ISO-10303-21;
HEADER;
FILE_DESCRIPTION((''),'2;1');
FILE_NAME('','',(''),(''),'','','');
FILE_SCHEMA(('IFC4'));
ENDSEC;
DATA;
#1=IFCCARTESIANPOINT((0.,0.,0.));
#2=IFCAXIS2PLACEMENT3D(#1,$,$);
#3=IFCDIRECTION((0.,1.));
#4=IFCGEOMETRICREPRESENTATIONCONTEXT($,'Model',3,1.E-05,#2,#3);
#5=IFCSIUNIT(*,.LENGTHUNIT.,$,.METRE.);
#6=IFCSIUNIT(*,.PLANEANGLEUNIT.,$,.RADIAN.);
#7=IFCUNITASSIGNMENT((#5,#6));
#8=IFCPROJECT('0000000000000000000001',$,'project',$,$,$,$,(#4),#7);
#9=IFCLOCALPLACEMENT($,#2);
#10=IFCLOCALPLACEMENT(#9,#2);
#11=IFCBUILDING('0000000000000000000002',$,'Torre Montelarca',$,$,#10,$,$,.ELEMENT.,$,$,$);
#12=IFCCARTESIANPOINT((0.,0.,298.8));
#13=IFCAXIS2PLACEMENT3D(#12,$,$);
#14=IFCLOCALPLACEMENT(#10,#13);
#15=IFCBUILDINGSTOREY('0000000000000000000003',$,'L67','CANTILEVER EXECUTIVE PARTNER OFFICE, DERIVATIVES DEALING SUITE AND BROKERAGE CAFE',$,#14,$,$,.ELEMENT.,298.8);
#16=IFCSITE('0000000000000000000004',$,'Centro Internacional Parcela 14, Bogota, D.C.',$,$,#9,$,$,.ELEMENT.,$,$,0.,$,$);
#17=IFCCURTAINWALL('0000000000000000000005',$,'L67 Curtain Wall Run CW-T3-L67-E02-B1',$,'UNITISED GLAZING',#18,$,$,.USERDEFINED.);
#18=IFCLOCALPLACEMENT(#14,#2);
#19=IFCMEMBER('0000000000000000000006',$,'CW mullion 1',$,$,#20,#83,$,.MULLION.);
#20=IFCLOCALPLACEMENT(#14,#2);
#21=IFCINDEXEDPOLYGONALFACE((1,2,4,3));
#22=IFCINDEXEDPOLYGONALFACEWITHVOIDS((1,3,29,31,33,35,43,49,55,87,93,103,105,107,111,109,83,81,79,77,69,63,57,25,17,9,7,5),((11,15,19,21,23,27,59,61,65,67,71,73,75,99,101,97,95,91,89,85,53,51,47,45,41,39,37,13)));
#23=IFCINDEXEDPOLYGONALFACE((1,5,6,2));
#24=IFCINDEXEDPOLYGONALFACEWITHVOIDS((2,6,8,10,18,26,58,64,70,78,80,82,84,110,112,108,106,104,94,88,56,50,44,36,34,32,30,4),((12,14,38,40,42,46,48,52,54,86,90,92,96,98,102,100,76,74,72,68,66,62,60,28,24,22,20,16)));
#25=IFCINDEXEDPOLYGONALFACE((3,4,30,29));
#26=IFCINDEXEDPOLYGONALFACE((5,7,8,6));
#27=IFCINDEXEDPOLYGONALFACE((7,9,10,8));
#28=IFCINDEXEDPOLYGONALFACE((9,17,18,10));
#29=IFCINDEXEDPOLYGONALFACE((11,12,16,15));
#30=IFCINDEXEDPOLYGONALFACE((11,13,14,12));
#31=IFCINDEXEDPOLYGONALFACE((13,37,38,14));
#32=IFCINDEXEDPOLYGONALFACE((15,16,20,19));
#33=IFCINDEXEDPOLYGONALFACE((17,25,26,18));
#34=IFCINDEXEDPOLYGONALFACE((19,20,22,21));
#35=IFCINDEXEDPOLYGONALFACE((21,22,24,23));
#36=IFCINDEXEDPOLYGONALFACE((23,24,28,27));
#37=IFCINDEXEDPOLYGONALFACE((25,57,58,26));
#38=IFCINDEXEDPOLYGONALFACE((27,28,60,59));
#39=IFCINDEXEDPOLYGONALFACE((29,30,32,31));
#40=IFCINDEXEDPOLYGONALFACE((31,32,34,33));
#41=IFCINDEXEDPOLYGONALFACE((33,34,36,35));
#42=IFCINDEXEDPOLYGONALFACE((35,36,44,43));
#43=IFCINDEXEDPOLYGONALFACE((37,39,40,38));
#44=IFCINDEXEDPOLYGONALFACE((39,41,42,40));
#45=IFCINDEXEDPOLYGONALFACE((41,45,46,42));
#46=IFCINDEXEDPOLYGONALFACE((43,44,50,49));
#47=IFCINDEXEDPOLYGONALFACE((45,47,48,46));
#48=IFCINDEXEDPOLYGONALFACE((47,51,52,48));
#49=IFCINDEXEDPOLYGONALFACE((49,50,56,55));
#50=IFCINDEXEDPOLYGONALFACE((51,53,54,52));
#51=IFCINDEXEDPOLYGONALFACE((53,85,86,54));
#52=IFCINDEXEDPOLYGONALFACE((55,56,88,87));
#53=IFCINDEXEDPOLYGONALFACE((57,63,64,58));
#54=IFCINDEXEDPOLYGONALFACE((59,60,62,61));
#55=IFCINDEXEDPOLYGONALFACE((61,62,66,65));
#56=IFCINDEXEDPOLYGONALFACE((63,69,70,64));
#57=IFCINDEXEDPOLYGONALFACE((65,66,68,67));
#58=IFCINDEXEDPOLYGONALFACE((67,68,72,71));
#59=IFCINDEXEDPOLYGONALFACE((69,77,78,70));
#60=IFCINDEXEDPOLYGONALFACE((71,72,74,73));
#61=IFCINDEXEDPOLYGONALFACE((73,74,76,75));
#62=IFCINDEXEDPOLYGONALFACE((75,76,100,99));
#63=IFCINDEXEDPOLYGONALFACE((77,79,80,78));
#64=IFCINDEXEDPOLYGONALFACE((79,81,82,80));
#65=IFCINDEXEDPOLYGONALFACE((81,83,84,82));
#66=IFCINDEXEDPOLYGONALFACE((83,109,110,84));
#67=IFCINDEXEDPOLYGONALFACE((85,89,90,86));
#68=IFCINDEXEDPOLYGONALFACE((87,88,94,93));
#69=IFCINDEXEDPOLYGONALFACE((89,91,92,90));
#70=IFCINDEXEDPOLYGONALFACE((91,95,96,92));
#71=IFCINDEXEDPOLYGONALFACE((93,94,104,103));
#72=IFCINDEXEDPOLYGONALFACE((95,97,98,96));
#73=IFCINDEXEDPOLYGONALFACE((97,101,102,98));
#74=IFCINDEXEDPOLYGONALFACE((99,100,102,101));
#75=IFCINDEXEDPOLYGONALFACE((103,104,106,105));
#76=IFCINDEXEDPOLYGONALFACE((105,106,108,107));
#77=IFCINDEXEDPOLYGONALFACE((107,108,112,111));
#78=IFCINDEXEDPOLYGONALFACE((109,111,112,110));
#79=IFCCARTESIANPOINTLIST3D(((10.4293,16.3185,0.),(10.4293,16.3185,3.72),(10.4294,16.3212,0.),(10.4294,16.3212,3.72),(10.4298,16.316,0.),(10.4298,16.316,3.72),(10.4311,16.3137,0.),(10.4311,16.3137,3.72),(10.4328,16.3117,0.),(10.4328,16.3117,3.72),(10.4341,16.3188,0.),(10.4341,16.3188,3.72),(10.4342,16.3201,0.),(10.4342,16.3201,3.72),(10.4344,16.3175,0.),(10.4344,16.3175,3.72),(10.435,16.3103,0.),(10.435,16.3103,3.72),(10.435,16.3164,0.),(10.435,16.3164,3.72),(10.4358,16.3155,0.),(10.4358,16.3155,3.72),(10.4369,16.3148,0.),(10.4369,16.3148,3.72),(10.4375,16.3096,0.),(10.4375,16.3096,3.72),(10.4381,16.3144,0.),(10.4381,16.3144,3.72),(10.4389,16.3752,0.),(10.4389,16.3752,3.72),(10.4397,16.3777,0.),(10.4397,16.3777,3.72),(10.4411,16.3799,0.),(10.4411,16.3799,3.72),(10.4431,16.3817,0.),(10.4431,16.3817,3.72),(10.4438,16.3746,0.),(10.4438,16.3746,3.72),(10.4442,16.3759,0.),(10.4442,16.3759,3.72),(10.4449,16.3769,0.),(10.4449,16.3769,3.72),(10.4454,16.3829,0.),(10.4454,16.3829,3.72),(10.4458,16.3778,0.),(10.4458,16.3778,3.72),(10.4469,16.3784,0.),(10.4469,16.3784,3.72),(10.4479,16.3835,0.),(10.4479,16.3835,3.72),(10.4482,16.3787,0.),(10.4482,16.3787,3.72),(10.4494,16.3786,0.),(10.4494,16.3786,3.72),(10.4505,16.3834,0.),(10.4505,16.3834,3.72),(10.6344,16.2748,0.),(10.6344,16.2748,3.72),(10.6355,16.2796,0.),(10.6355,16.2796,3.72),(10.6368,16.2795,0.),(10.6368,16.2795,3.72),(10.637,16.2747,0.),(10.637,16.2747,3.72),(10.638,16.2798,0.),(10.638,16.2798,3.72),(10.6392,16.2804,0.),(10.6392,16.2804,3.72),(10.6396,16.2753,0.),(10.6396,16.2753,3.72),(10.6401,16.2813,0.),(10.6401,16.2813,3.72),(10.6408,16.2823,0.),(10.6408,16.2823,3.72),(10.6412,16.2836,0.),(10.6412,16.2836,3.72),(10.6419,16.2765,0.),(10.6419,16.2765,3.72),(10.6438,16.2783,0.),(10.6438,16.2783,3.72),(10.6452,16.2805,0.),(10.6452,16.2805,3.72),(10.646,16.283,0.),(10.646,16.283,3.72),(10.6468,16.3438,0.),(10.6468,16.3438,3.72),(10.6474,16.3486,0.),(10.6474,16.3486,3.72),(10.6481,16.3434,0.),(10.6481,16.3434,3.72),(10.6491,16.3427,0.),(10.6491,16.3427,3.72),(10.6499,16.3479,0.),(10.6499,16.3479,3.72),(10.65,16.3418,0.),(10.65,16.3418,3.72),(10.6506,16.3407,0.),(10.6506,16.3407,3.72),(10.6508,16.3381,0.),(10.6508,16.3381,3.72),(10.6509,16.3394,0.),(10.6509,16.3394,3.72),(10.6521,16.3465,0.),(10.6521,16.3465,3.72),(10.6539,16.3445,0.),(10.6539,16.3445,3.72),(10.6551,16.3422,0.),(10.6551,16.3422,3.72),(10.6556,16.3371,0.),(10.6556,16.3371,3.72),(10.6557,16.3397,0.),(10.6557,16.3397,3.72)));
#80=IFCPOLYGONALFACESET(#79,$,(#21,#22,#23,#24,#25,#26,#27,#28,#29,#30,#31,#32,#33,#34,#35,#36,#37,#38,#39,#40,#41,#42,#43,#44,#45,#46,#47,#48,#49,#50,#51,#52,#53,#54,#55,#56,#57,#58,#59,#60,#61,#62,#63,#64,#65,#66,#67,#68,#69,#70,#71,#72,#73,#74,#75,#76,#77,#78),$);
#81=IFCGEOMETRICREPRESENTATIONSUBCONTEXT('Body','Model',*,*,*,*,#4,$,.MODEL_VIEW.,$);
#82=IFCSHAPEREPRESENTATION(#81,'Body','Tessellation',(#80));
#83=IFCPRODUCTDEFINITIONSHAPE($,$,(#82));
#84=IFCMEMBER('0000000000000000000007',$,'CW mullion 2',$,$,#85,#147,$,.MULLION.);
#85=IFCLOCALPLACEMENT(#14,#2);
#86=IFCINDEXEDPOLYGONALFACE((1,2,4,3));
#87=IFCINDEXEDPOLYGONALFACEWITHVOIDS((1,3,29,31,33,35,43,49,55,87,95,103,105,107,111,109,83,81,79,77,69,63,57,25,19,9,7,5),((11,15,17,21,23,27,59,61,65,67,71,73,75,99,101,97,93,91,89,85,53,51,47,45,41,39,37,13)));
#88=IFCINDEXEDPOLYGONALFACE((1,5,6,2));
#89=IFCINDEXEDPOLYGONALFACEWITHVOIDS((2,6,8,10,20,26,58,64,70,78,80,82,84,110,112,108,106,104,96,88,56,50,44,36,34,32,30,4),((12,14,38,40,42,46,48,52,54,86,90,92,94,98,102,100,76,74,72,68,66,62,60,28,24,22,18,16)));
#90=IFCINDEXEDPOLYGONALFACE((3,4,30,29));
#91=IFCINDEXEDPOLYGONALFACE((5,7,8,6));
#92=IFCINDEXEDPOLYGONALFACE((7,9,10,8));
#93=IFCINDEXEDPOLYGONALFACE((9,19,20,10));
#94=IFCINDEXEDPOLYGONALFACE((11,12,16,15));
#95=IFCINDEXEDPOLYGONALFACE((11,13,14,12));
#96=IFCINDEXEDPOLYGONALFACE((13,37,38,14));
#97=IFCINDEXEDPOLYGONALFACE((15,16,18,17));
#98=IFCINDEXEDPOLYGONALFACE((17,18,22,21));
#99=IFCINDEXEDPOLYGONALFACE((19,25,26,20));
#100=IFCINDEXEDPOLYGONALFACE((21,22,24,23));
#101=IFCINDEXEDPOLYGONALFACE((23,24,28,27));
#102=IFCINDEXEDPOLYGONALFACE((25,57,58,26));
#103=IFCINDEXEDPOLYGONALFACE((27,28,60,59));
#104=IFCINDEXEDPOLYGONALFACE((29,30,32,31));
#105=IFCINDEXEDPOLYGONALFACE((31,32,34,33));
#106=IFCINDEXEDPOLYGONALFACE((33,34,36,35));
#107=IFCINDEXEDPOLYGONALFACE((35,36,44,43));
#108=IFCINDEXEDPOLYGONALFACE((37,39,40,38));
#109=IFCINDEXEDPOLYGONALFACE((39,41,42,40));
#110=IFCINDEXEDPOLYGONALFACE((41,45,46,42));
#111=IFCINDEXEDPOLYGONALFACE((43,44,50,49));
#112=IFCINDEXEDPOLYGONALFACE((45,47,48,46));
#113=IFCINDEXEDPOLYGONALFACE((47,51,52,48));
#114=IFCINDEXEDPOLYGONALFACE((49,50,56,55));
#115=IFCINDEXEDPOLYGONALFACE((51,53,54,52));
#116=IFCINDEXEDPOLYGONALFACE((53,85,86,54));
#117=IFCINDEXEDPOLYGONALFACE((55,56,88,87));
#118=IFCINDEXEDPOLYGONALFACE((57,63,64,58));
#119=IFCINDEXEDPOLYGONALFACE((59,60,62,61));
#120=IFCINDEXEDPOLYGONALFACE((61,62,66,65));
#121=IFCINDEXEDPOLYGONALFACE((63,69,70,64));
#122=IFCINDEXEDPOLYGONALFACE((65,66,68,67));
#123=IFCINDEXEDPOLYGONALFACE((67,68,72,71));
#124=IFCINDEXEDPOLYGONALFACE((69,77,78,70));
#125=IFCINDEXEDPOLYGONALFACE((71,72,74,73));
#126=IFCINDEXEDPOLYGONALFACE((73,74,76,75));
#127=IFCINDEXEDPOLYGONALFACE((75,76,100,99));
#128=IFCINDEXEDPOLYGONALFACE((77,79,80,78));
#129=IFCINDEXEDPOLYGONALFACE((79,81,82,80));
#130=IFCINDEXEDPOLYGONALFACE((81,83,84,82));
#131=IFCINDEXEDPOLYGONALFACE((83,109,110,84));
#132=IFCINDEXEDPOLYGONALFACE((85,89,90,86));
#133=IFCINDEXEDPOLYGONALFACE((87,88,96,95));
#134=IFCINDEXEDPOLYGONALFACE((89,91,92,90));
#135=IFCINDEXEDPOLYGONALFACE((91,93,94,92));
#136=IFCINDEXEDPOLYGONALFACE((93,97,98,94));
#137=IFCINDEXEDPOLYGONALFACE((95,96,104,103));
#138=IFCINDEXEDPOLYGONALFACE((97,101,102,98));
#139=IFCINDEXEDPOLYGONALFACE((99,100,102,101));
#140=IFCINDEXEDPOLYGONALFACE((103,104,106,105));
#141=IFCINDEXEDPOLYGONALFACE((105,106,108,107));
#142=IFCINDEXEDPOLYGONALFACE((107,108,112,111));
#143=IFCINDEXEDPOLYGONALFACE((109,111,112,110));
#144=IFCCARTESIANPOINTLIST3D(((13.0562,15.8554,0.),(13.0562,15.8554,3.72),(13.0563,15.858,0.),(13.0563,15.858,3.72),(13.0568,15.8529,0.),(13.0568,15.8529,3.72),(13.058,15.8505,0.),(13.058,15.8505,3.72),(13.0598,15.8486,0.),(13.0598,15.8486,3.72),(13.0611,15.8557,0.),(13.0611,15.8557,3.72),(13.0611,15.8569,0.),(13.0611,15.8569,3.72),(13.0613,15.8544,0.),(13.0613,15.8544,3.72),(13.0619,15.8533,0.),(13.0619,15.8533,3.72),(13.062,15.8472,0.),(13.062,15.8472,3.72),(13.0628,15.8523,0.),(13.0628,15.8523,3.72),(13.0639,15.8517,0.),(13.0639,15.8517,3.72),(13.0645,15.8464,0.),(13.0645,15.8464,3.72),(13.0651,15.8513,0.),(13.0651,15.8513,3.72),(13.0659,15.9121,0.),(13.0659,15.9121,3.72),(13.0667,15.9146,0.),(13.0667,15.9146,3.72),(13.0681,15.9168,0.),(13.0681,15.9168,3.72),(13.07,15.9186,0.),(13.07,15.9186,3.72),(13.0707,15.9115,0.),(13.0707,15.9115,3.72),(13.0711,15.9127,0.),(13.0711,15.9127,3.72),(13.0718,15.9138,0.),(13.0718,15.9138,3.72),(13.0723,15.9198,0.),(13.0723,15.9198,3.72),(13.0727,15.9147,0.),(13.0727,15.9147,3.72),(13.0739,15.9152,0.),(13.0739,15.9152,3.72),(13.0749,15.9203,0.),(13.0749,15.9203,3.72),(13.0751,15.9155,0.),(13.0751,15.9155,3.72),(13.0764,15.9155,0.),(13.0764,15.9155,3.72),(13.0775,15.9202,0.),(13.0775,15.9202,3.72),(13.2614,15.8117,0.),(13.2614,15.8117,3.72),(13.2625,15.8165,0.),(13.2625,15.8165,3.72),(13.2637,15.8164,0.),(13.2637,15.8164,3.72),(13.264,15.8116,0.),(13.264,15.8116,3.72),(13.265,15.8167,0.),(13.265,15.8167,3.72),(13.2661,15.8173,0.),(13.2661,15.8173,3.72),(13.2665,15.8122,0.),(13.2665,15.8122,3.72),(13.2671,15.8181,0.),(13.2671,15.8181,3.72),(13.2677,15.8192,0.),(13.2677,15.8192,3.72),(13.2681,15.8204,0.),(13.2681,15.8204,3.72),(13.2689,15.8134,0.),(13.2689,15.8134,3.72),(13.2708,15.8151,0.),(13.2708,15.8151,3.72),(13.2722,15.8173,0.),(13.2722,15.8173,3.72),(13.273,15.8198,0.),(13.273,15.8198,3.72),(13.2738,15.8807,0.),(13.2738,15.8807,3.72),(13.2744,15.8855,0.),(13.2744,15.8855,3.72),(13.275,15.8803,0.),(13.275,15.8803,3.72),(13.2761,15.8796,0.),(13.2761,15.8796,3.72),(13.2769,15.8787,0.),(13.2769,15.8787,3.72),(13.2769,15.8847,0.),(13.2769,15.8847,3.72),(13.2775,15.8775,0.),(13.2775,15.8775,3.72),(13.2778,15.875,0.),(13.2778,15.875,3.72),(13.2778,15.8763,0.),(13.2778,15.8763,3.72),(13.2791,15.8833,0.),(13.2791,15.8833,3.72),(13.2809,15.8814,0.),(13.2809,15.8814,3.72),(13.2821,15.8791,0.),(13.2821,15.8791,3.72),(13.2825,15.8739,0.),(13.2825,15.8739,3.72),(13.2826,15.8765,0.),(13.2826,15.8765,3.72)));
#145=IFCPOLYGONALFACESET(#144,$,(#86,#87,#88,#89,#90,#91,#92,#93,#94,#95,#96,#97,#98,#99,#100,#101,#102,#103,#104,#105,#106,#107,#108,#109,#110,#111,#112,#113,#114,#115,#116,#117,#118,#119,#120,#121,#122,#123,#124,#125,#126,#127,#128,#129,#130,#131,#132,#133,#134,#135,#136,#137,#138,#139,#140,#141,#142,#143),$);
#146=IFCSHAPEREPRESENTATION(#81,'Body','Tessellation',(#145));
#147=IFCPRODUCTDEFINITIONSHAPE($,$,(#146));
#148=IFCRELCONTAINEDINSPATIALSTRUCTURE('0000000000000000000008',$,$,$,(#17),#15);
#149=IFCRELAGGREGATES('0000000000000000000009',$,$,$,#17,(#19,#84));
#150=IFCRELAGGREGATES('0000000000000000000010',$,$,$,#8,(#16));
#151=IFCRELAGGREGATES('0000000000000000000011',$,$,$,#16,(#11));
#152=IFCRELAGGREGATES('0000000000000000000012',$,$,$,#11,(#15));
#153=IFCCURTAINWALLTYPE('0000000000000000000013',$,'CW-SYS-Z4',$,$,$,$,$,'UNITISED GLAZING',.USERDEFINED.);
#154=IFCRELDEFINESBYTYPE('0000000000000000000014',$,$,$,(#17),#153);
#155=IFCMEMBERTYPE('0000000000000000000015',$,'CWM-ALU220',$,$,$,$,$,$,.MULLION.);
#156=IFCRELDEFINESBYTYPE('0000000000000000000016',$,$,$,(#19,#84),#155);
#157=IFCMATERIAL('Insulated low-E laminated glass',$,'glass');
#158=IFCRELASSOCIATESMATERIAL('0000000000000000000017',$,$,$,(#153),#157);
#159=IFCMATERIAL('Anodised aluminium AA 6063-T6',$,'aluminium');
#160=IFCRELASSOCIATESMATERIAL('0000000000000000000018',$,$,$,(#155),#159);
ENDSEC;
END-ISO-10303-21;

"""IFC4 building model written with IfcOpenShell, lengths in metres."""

from ifc_helpers import new_model, si_unit, direction, frame, origin, origin_2d, place, context, subcontext, project, spatial, hollow_rectangle, extrude, source, transform, mapped, material, material_profile, profile_set, type_object, element, aggregate, save


model = new_model("IFC4")

# Units and contexts
model_context = context("Model", 3, precision=1e-05, world=origin(), true_north=direction((0.0, 1.0)))
body_context = subcontext(model_context, "Body", "Model", "MODEL_VIEW")
ifc_project = project(units=[si_unit("LENGTHUNIT", "METRE"), si_unit("PLANEANGLEUNIT", "RADIAN")], contexts=[model_context])

# Site, building, storey
site_placement = place(None, origin())
site = spatial("IfcSite", under=ifc_project, at=site_placement, Name="Centro Internacional Parcela 14, Bogota, D.C.", CompositionType="ELEMENT", RefElevation=0.0)
building_placement = place(site_placement, origin())
building = spatial("IfcBuilding", under=site, at=building_placement, Name="Torre Montelarca", CompositionType="ELEMENT")
storey_placement = place(building_placement, frame((0.0, 0.0, 298.8)))
storey = spatial("IfcBuildingStorey", under=building, at=storey_placement, Name="L67", Description="CANTILEVER EXECUTIVE PARTNER OFFICE, DERIVATIVES DEALING SUITE AND BROKERAGE CAFE", CompositionType="ELEMENT", Elevation=298.8)

# Curtain wall
ifc_material_1 = material(Name="Insulated low-E laminated glass", Category="glass")
curtain_wall_type = type_object("IfcCurtainWallType", Name="CW-SYS-Z4", ElementType="UNITISED GLAZING", PredefinedType="USERDEFINED", material=ifc_material_1)
curtain_wall_1_placement = place(storey_placement, origin())
curtain_wall_1 = element("IfcCurtainWall", 1, at=curtain_wall_1_placement, inside=storey, type_object=curtain_wall_type, Name="L67 Curtain Wall Run CW-T3-L67-E02-B1", ObjectType="UNITISED GLAZING", PredefinedType="USERDEFINED")
ifc_material_2 = material(Name="Anodised aluminium AA 6063-T6", Category="aluminium")
ifc_material_profile_1 = material_profile(ifc_material_2, hollow_rectangle(XDim=0.075, YDim=0.22, WallThickness=0.0049, InnerFilletRadius=0.0049, OuterFilletRadius=0.01, at=origin_2d()), Name="ALU75X220X5", Category="aluminium")
ifc_profile_set_1 = profile_set([ifc_material_profile_1], Name="Anodised aluminium AA 6063-T6")
member_type_1 = type_object("IfcMemberType", Name="CWM-ALU220", PredefinedType="MULLION", material=ifc_profile_set_1)
shared_shape_1 = source(origin(), body_context, "Body", "SweptSolid", [
    extrude(hollow_rectangle(XDim=0.075, YDim=0.22, WallThickness=0.0049, InnerFilletRadius=0.0049, OuterFilletRadius=0.01, at=origin_2d()), origin(), (0.0, 0.0, 1.0), 3.72),
])

# Members
member_1_placement = place(storey_placement, frame((10.5425, 16.3291, 0.0), z_axis=(0.0, 0.0, 1.0), x_axis=(0.173642, 0.984809, 0.0)))
member_1 = element("IfcMember", 2, at=member_1_placement, type_object=member_type_1, Name="CW mullion 1", PredefinedType="MULLION", context=body_context, shape_type="MappedRepresentation", body=[
    mapped(shared_shape_1, transform((0.0, 0.0, 0.0), scale=1.0)),
])
member_2_placement = place(storey_placement, frame((13.1694, 15.866, 0.0), z_axis=(0.0, 0.0, 1.0), x_axis=(0.173642, 0.984809, 0.0)))
member_2 = element("IfcMember", 3, at=member_2_placement, type_object=member_type_1, Name="CW mullion 2", PredefinedType="MULLION", context=body_context, shape_type="MappedRepresentation", body=[
    mapped(shared_shape_1, transform((0.0, 0.0, 0.0), scale=1.0)),
])

aggregate(curtain_wall_1, [member_1, member_2])

save(model, "model.ifc")
